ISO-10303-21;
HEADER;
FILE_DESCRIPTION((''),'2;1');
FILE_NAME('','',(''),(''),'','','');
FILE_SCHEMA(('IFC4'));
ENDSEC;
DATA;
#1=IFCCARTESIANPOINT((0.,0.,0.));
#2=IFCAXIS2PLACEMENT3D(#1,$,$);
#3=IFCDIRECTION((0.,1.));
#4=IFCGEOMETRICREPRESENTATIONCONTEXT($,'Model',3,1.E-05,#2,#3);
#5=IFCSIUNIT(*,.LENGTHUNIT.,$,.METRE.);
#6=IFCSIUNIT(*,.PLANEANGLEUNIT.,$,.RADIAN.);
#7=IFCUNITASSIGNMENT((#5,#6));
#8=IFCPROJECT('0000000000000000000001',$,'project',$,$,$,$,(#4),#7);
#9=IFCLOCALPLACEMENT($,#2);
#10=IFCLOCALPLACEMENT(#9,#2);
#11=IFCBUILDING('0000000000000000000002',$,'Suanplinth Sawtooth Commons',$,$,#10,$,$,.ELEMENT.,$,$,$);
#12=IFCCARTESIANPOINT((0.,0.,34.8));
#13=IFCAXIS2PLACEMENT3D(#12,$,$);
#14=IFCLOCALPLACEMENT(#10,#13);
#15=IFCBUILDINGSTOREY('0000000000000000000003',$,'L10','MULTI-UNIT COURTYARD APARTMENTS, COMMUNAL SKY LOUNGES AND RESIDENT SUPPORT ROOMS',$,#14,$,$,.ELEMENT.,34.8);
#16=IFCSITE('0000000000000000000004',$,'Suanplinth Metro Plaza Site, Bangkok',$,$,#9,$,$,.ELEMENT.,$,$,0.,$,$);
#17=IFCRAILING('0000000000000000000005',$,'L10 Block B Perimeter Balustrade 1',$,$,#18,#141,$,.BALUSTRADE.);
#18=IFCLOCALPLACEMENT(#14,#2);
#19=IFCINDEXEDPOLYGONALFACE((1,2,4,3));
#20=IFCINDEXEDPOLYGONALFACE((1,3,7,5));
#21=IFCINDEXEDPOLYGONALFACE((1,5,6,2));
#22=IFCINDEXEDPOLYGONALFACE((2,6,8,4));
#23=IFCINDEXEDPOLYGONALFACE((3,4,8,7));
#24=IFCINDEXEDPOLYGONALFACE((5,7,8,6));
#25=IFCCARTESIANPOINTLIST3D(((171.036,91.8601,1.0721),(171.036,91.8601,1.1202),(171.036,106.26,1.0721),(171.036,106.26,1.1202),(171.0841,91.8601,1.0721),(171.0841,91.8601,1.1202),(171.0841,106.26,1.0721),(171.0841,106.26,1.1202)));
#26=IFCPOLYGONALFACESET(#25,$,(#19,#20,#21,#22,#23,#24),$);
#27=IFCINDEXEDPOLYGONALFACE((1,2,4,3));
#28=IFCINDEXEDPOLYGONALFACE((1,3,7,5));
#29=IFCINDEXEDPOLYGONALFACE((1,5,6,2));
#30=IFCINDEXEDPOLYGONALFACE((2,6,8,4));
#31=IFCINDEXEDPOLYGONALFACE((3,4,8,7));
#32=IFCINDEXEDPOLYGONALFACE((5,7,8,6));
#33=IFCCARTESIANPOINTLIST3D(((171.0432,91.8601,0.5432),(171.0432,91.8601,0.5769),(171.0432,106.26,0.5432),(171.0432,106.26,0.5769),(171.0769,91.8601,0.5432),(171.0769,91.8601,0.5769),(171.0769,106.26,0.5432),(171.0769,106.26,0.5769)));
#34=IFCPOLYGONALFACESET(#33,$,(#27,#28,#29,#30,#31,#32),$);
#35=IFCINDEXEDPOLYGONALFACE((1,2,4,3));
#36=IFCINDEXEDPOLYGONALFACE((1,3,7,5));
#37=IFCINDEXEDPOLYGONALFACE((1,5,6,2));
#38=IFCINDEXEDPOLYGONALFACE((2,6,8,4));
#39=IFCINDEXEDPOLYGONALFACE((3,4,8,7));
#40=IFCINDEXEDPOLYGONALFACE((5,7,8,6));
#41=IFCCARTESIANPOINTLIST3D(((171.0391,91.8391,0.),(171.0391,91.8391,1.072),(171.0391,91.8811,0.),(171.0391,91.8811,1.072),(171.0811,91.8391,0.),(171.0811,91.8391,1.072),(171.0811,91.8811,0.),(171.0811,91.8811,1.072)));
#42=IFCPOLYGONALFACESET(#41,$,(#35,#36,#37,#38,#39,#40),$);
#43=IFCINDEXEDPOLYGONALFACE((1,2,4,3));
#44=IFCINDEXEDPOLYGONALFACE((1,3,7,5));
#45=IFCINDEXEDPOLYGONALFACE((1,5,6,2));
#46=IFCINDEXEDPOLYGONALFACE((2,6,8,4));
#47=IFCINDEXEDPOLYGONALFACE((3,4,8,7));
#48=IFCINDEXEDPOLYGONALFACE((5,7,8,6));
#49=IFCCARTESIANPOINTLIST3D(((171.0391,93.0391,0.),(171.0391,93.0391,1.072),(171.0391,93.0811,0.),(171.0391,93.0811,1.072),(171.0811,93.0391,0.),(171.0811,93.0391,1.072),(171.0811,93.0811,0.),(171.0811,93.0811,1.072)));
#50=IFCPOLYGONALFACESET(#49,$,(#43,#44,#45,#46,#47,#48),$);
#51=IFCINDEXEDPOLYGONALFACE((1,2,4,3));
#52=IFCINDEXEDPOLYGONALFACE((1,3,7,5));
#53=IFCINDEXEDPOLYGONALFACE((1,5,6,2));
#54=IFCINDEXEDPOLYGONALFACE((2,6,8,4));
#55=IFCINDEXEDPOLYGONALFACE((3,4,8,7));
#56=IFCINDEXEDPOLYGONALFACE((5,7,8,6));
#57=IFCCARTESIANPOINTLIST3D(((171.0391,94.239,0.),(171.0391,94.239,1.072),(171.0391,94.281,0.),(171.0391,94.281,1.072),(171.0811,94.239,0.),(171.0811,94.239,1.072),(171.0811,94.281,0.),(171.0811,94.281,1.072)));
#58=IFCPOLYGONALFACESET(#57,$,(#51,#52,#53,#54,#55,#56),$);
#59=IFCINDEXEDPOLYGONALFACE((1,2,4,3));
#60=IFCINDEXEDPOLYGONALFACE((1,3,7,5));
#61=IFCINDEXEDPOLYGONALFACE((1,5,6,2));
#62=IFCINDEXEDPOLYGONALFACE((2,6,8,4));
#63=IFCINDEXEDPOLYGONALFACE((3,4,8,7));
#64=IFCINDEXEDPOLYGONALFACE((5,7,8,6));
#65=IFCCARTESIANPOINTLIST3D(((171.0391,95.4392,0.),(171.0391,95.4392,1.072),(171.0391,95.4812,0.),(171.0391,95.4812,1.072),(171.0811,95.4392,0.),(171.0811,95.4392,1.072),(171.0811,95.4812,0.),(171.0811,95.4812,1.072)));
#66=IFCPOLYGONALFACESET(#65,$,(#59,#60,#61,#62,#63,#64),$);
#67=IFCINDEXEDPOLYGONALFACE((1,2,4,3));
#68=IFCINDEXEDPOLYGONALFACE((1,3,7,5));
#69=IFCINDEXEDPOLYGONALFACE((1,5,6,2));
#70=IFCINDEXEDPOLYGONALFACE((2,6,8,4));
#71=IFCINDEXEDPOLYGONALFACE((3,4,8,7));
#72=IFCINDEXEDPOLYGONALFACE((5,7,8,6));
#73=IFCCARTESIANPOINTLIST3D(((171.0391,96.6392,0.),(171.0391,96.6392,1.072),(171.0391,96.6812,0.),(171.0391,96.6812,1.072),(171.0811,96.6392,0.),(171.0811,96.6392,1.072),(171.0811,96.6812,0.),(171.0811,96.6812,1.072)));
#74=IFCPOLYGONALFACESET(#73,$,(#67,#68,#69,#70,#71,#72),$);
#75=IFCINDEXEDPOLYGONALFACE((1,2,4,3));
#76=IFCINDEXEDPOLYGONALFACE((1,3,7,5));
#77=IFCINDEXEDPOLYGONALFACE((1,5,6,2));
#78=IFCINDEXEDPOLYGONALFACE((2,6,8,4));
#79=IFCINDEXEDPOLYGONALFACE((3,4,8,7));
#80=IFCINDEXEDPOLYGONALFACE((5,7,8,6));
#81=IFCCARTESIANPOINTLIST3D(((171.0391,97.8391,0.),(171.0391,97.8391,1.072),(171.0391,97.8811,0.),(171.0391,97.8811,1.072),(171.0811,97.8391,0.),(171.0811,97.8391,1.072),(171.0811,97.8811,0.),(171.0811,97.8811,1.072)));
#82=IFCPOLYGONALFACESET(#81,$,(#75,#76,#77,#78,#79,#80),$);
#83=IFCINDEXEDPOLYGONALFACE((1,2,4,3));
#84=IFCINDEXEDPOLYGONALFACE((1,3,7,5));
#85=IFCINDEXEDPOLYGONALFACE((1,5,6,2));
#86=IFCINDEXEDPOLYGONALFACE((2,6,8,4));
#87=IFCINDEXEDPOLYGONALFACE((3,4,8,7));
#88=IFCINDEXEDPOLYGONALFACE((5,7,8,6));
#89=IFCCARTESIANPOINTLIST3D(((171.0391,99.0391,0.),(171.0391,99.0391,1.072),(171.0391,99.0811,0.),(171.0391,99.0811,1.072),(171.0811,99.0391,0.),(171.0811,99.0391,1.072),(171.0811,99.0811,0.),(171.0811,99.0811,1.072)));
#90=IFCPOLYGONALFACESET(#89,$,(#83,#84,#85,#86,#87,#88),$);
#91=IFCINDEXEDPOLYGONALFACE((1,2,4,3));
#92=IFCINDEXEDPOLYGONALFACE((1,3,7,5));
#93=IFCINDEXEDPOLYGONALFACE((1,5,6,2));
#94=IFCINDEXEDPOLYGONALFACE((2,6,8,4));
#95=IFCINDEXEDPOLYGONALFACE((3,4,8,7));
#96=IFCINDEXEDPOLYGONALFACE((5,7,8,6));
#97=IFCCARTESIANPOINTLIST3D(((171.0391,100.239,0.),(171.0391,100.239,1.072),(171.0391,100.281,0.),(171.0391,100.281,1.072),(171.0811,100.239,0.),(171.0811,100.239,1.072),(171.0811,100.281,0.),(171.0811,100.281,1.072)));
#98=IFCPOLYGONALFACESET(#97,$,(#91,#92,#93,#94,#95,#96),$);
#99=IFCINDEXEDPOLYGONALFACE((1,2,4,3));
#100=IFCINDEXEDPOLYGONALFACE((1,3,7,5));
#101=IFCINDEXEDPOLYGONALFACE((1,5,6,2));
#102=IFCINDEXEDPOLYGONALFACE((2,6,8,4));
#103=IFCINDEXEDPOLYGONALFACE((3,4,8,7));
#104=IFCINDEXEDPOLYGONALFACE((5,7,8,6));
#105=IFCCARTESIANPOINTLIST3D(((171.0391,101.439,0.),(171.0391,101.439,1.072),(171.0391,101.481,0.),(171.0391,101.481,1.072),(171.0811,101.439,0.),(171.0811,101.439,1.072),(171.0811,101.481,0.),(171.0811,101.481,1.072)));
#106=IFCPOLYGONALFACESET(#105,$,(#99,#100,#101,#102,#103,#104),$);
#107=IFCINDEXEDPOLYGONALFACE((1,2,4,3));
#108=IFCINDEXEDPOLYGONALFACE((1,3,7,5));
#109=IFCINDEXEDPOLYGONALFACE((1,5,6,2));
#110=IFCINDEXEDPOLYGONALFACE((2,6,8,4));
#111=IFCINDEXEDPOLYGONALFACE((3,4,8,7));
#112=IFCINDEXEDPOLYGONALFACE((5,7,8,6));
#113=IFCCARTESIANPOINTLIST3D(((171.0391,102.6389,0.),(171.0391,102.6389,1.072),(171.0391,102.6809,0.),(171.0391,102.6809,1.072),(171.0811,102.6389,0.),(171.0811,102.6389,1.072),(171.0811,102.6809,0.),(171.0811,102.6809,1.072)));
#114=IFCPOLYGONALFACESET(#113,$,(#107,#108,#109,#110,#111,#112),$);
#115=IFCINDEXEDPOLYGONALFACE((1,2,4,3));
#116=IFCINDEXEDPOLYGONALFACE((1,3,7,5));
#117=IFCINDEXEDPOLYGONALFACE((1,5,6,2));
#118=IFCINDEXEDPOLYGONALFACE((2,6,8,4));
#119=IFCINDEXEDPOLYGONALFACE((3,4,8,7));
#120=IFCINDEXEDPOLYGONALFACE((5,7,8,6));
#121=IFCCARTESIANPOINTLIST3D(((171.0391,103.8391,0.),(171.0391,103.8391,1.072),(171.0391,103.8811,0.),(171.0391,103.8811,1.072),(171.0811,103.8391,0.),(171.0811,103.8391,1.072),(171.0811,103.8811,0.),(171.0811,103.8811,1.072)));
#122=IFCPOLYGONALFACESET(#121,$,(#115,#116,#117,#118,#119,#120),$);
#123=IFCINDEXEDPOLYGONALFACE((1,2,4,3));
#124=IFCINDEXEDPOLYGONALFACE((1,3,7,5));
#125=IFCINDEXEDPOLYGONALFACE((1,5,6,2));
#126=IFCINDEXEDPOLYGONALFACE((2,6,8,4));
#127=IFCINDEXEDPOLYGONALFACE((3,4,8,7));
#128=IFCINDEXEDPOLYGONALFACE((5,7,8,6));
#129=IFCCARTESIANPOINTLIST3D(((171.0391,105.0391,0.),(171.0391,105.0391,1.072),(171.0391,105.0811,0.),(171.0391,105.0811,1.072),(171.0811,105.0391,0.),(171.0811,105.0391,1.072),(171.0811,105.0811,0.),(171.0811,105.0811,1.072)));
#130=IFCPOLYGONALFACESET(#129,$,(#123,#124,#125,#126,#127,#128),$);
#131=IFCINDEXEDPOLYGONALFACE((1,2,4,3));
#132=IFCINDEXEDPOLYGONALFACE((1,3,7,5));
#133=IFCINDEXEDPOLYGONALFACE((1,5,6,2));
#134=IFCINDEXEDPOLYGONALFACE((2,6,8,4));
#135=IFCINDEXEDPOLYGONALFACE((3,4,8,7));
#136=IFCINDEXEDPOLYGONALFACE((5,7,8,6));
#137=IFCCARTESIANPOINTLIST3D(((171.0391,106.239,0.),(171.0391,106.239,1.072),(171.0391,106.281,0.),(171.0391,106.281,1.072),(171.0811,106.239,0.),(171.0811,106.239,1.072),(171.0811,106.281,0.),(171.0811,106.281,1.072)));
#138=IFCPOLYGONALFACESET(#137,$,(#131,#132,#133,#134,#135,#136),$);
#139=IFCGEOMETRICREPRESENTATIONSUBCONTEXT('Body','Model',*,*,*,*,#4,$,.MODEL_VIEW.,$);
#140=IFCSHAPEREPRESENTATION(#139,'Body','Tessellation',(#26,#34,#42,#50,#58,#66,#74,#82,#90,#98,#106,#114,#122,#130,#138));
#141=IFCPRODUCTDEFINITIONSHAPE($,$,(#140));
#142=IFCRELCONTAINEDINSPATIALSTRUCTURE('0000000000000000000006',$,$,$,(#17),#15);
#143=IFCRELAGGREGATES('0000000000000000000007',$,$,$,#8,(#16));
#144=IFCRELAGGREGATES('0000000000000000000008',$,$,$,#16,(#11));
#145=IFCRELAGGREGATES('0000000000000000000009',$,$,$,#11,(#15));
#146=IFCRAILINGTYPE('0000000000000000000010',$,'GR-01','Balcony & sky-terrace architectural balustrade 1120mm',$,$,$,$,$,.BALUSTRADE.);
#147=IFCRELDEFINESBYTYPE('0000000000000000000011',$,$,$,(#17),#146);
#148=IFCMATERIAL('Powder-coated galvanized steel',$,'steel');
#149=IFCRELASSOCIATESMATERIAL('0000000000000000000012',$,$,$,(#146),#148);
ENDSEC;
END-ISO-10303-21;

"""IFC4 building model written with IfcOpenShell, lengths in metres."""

from ifc_helpers import new_model, si_unit, direction, frame, origin, origin_2d, place, context, subcontext, project, spatial, rectangle, extrude, material, type_object, element, save


model = new_model("IFC4")

# Units and contexts
model_context = context("Model", 3, precision=1e-05, world=origin(), true_north=direction((0.0, 1.0)))
body_context = subcontext(model_context, "Body", "Model", "MODEL_VIEW")
ifc_project = project(units=[si_unit("LENGTHUNIT", "METRE"), si_unit("PLANEANGLEUNIT", "RADIAN")], contexts=[model_context])

# Site, building, storey
site_placement = place(None, origin())
site = spatial("IfcSite", under=ifc_project, at=site_placement, Name="Suanplinth Metro Plaza Site, Bangkok", CompositionType="ELEMENT", RefElevation=0.0)
building_placement = place(site_placement, origin())
building = spatial("IfcBuilding", under=site, at=building_placement, Name="Suanplinth Sawtooth Commons", CompositionType="ELEMENT")
storey_placement = place(building_placement, frame((0.0, 0.0, 34.8)))
storey = spatial("IfcBuildingStorey", under=building, at=storey_placement, Name="L10", Description="MULTI-UNIT COURTYARD APARTMENTS, COMMUNAL SKY LOUNGES AND RESIDENT SUPPORT ROOMS", CompositionType="ELEMENT", Elevation=34.8)

# Railing
ifc_material_1 = material(Name="Powder-coated galvanized steel", Category="steel")
railing_type = type_object("IfcRailingType", Name="GR-01", Description="Balcony & sky-terrace architectural balustrade 1120mm", PredefinedType="BALUSTRADE", material=ifc_material_1)
railing_placement = place(storey_placement, frame((171.0601, 91.8601, 0.0)))
element("IfcRailing", 1, at=railing_placement, inside=storey, type_object=railing_type, Name="L10 Block B Perimeter Balustrade 1", PredefinedType="BALUSTRADE", context=body_context, shape_type="SweptSolid", body=[
    extrude(rectangle(XDim=0.0481, YDim=0.0481, at=origin_2d()), frame((0.0, 0.0, 1.0962), z_axis=(0.0, 1.0, 0.0), x_axis=(-1.0, 0.0, 0.0)), (0.0, 0.0, 1.0), 14.3999),
    extrude(rectangle(XDim=0.0337, YDim=0.0337, at=origin_2d()), frame((0.0, 0.0, 0.5601), z_axis=(0.0, 1.0, 0.0), x_axis=(-1.0, 0.0, 0.0)), (0.0, 0.0, 1.0), 14.3999),
    extrude(rectangle(XDim=0.042, YDim=0.042, at=origin_2d()), origin(), (0.0, 0.0, 1.0), 1.072),
    extrude(rectangle(XDim=0.042, YDim=0.042, at=origin_2d()), frame((0.0, 1.2, 0.0)), (0.0, 0.0, 1.0), 1.072),
    extrude(rectangle(XDim=0.042, YDim=0.042, at=origin_2d()), frame((0.0, 2.3999, 0.0)), (0.0, 0.0, 1.0), 1.072),
    extrude(rectangle(XDim=0.042, YDim=0.042, at=origin_2d()), frame((0.0, 3.6001, 0.0)), (0.0, 0.0, 1.0), 1.072),
    extrude(rectangle(XDim=0.042, YDim=0.042, at=origin_2d()), frame((0.0, 4.8, 0.0)), (0.0, 0.0, 1.0), 1.072),
    extrude(rectangle(XDim=0.042, YDim=0.042, at=origin_2d()), frame((0.0, 6.0, 0.0)), (0.0, 0.0, 1.0), 1.072),
    extrude(rectangle(XDim=0.042, YDim=0.042, at=origin_2d()), frame((0.0, 7.2, 0.0)), (0.0, 0.0, 1.0), 1.072),
    extrude(rectangle(XDim=0.042, YDim=0.042, at=origin_2d()), frame((0.0, 8.3999, 0.0)), (0.0, 0.0, 1.0), 1.072),
    extrude(rectangle(XDim=0.042, YDim=0.042, at=origin_2d()), frame((0.0, 9.5999, 0.0)), (0.0, 0.0, 1.0), 1.072),
    extrude(rectangle(XDim=0.042, YDim=0.042, at=origin_2d()), frame((0.0, 10.7998, 0.0)), (0.0, 0.0, 1.0), 1.072),
    extrude(rectangle(XDim=0.042, YDim=0.042, at=origin_2d()), frame((0.0, 12.0, 0.0)), (0.0, 0.0, 1.0), 1.072),
    extrude(rectangle(XDim=0.042, YDim=0.042, at=origin_2d()), frame((0.0, 13.2, 0.0)), (0.0, 0.0, 1.0), 1.072),
    extrude(rectangle(XDim=0.042, YDim=0.042, at=origin_2d()), frame((0.0, 14.3999, 0.0)), (0.0, 0.0, 1.0), 1.072),
])

save(model, "model.ifc")
